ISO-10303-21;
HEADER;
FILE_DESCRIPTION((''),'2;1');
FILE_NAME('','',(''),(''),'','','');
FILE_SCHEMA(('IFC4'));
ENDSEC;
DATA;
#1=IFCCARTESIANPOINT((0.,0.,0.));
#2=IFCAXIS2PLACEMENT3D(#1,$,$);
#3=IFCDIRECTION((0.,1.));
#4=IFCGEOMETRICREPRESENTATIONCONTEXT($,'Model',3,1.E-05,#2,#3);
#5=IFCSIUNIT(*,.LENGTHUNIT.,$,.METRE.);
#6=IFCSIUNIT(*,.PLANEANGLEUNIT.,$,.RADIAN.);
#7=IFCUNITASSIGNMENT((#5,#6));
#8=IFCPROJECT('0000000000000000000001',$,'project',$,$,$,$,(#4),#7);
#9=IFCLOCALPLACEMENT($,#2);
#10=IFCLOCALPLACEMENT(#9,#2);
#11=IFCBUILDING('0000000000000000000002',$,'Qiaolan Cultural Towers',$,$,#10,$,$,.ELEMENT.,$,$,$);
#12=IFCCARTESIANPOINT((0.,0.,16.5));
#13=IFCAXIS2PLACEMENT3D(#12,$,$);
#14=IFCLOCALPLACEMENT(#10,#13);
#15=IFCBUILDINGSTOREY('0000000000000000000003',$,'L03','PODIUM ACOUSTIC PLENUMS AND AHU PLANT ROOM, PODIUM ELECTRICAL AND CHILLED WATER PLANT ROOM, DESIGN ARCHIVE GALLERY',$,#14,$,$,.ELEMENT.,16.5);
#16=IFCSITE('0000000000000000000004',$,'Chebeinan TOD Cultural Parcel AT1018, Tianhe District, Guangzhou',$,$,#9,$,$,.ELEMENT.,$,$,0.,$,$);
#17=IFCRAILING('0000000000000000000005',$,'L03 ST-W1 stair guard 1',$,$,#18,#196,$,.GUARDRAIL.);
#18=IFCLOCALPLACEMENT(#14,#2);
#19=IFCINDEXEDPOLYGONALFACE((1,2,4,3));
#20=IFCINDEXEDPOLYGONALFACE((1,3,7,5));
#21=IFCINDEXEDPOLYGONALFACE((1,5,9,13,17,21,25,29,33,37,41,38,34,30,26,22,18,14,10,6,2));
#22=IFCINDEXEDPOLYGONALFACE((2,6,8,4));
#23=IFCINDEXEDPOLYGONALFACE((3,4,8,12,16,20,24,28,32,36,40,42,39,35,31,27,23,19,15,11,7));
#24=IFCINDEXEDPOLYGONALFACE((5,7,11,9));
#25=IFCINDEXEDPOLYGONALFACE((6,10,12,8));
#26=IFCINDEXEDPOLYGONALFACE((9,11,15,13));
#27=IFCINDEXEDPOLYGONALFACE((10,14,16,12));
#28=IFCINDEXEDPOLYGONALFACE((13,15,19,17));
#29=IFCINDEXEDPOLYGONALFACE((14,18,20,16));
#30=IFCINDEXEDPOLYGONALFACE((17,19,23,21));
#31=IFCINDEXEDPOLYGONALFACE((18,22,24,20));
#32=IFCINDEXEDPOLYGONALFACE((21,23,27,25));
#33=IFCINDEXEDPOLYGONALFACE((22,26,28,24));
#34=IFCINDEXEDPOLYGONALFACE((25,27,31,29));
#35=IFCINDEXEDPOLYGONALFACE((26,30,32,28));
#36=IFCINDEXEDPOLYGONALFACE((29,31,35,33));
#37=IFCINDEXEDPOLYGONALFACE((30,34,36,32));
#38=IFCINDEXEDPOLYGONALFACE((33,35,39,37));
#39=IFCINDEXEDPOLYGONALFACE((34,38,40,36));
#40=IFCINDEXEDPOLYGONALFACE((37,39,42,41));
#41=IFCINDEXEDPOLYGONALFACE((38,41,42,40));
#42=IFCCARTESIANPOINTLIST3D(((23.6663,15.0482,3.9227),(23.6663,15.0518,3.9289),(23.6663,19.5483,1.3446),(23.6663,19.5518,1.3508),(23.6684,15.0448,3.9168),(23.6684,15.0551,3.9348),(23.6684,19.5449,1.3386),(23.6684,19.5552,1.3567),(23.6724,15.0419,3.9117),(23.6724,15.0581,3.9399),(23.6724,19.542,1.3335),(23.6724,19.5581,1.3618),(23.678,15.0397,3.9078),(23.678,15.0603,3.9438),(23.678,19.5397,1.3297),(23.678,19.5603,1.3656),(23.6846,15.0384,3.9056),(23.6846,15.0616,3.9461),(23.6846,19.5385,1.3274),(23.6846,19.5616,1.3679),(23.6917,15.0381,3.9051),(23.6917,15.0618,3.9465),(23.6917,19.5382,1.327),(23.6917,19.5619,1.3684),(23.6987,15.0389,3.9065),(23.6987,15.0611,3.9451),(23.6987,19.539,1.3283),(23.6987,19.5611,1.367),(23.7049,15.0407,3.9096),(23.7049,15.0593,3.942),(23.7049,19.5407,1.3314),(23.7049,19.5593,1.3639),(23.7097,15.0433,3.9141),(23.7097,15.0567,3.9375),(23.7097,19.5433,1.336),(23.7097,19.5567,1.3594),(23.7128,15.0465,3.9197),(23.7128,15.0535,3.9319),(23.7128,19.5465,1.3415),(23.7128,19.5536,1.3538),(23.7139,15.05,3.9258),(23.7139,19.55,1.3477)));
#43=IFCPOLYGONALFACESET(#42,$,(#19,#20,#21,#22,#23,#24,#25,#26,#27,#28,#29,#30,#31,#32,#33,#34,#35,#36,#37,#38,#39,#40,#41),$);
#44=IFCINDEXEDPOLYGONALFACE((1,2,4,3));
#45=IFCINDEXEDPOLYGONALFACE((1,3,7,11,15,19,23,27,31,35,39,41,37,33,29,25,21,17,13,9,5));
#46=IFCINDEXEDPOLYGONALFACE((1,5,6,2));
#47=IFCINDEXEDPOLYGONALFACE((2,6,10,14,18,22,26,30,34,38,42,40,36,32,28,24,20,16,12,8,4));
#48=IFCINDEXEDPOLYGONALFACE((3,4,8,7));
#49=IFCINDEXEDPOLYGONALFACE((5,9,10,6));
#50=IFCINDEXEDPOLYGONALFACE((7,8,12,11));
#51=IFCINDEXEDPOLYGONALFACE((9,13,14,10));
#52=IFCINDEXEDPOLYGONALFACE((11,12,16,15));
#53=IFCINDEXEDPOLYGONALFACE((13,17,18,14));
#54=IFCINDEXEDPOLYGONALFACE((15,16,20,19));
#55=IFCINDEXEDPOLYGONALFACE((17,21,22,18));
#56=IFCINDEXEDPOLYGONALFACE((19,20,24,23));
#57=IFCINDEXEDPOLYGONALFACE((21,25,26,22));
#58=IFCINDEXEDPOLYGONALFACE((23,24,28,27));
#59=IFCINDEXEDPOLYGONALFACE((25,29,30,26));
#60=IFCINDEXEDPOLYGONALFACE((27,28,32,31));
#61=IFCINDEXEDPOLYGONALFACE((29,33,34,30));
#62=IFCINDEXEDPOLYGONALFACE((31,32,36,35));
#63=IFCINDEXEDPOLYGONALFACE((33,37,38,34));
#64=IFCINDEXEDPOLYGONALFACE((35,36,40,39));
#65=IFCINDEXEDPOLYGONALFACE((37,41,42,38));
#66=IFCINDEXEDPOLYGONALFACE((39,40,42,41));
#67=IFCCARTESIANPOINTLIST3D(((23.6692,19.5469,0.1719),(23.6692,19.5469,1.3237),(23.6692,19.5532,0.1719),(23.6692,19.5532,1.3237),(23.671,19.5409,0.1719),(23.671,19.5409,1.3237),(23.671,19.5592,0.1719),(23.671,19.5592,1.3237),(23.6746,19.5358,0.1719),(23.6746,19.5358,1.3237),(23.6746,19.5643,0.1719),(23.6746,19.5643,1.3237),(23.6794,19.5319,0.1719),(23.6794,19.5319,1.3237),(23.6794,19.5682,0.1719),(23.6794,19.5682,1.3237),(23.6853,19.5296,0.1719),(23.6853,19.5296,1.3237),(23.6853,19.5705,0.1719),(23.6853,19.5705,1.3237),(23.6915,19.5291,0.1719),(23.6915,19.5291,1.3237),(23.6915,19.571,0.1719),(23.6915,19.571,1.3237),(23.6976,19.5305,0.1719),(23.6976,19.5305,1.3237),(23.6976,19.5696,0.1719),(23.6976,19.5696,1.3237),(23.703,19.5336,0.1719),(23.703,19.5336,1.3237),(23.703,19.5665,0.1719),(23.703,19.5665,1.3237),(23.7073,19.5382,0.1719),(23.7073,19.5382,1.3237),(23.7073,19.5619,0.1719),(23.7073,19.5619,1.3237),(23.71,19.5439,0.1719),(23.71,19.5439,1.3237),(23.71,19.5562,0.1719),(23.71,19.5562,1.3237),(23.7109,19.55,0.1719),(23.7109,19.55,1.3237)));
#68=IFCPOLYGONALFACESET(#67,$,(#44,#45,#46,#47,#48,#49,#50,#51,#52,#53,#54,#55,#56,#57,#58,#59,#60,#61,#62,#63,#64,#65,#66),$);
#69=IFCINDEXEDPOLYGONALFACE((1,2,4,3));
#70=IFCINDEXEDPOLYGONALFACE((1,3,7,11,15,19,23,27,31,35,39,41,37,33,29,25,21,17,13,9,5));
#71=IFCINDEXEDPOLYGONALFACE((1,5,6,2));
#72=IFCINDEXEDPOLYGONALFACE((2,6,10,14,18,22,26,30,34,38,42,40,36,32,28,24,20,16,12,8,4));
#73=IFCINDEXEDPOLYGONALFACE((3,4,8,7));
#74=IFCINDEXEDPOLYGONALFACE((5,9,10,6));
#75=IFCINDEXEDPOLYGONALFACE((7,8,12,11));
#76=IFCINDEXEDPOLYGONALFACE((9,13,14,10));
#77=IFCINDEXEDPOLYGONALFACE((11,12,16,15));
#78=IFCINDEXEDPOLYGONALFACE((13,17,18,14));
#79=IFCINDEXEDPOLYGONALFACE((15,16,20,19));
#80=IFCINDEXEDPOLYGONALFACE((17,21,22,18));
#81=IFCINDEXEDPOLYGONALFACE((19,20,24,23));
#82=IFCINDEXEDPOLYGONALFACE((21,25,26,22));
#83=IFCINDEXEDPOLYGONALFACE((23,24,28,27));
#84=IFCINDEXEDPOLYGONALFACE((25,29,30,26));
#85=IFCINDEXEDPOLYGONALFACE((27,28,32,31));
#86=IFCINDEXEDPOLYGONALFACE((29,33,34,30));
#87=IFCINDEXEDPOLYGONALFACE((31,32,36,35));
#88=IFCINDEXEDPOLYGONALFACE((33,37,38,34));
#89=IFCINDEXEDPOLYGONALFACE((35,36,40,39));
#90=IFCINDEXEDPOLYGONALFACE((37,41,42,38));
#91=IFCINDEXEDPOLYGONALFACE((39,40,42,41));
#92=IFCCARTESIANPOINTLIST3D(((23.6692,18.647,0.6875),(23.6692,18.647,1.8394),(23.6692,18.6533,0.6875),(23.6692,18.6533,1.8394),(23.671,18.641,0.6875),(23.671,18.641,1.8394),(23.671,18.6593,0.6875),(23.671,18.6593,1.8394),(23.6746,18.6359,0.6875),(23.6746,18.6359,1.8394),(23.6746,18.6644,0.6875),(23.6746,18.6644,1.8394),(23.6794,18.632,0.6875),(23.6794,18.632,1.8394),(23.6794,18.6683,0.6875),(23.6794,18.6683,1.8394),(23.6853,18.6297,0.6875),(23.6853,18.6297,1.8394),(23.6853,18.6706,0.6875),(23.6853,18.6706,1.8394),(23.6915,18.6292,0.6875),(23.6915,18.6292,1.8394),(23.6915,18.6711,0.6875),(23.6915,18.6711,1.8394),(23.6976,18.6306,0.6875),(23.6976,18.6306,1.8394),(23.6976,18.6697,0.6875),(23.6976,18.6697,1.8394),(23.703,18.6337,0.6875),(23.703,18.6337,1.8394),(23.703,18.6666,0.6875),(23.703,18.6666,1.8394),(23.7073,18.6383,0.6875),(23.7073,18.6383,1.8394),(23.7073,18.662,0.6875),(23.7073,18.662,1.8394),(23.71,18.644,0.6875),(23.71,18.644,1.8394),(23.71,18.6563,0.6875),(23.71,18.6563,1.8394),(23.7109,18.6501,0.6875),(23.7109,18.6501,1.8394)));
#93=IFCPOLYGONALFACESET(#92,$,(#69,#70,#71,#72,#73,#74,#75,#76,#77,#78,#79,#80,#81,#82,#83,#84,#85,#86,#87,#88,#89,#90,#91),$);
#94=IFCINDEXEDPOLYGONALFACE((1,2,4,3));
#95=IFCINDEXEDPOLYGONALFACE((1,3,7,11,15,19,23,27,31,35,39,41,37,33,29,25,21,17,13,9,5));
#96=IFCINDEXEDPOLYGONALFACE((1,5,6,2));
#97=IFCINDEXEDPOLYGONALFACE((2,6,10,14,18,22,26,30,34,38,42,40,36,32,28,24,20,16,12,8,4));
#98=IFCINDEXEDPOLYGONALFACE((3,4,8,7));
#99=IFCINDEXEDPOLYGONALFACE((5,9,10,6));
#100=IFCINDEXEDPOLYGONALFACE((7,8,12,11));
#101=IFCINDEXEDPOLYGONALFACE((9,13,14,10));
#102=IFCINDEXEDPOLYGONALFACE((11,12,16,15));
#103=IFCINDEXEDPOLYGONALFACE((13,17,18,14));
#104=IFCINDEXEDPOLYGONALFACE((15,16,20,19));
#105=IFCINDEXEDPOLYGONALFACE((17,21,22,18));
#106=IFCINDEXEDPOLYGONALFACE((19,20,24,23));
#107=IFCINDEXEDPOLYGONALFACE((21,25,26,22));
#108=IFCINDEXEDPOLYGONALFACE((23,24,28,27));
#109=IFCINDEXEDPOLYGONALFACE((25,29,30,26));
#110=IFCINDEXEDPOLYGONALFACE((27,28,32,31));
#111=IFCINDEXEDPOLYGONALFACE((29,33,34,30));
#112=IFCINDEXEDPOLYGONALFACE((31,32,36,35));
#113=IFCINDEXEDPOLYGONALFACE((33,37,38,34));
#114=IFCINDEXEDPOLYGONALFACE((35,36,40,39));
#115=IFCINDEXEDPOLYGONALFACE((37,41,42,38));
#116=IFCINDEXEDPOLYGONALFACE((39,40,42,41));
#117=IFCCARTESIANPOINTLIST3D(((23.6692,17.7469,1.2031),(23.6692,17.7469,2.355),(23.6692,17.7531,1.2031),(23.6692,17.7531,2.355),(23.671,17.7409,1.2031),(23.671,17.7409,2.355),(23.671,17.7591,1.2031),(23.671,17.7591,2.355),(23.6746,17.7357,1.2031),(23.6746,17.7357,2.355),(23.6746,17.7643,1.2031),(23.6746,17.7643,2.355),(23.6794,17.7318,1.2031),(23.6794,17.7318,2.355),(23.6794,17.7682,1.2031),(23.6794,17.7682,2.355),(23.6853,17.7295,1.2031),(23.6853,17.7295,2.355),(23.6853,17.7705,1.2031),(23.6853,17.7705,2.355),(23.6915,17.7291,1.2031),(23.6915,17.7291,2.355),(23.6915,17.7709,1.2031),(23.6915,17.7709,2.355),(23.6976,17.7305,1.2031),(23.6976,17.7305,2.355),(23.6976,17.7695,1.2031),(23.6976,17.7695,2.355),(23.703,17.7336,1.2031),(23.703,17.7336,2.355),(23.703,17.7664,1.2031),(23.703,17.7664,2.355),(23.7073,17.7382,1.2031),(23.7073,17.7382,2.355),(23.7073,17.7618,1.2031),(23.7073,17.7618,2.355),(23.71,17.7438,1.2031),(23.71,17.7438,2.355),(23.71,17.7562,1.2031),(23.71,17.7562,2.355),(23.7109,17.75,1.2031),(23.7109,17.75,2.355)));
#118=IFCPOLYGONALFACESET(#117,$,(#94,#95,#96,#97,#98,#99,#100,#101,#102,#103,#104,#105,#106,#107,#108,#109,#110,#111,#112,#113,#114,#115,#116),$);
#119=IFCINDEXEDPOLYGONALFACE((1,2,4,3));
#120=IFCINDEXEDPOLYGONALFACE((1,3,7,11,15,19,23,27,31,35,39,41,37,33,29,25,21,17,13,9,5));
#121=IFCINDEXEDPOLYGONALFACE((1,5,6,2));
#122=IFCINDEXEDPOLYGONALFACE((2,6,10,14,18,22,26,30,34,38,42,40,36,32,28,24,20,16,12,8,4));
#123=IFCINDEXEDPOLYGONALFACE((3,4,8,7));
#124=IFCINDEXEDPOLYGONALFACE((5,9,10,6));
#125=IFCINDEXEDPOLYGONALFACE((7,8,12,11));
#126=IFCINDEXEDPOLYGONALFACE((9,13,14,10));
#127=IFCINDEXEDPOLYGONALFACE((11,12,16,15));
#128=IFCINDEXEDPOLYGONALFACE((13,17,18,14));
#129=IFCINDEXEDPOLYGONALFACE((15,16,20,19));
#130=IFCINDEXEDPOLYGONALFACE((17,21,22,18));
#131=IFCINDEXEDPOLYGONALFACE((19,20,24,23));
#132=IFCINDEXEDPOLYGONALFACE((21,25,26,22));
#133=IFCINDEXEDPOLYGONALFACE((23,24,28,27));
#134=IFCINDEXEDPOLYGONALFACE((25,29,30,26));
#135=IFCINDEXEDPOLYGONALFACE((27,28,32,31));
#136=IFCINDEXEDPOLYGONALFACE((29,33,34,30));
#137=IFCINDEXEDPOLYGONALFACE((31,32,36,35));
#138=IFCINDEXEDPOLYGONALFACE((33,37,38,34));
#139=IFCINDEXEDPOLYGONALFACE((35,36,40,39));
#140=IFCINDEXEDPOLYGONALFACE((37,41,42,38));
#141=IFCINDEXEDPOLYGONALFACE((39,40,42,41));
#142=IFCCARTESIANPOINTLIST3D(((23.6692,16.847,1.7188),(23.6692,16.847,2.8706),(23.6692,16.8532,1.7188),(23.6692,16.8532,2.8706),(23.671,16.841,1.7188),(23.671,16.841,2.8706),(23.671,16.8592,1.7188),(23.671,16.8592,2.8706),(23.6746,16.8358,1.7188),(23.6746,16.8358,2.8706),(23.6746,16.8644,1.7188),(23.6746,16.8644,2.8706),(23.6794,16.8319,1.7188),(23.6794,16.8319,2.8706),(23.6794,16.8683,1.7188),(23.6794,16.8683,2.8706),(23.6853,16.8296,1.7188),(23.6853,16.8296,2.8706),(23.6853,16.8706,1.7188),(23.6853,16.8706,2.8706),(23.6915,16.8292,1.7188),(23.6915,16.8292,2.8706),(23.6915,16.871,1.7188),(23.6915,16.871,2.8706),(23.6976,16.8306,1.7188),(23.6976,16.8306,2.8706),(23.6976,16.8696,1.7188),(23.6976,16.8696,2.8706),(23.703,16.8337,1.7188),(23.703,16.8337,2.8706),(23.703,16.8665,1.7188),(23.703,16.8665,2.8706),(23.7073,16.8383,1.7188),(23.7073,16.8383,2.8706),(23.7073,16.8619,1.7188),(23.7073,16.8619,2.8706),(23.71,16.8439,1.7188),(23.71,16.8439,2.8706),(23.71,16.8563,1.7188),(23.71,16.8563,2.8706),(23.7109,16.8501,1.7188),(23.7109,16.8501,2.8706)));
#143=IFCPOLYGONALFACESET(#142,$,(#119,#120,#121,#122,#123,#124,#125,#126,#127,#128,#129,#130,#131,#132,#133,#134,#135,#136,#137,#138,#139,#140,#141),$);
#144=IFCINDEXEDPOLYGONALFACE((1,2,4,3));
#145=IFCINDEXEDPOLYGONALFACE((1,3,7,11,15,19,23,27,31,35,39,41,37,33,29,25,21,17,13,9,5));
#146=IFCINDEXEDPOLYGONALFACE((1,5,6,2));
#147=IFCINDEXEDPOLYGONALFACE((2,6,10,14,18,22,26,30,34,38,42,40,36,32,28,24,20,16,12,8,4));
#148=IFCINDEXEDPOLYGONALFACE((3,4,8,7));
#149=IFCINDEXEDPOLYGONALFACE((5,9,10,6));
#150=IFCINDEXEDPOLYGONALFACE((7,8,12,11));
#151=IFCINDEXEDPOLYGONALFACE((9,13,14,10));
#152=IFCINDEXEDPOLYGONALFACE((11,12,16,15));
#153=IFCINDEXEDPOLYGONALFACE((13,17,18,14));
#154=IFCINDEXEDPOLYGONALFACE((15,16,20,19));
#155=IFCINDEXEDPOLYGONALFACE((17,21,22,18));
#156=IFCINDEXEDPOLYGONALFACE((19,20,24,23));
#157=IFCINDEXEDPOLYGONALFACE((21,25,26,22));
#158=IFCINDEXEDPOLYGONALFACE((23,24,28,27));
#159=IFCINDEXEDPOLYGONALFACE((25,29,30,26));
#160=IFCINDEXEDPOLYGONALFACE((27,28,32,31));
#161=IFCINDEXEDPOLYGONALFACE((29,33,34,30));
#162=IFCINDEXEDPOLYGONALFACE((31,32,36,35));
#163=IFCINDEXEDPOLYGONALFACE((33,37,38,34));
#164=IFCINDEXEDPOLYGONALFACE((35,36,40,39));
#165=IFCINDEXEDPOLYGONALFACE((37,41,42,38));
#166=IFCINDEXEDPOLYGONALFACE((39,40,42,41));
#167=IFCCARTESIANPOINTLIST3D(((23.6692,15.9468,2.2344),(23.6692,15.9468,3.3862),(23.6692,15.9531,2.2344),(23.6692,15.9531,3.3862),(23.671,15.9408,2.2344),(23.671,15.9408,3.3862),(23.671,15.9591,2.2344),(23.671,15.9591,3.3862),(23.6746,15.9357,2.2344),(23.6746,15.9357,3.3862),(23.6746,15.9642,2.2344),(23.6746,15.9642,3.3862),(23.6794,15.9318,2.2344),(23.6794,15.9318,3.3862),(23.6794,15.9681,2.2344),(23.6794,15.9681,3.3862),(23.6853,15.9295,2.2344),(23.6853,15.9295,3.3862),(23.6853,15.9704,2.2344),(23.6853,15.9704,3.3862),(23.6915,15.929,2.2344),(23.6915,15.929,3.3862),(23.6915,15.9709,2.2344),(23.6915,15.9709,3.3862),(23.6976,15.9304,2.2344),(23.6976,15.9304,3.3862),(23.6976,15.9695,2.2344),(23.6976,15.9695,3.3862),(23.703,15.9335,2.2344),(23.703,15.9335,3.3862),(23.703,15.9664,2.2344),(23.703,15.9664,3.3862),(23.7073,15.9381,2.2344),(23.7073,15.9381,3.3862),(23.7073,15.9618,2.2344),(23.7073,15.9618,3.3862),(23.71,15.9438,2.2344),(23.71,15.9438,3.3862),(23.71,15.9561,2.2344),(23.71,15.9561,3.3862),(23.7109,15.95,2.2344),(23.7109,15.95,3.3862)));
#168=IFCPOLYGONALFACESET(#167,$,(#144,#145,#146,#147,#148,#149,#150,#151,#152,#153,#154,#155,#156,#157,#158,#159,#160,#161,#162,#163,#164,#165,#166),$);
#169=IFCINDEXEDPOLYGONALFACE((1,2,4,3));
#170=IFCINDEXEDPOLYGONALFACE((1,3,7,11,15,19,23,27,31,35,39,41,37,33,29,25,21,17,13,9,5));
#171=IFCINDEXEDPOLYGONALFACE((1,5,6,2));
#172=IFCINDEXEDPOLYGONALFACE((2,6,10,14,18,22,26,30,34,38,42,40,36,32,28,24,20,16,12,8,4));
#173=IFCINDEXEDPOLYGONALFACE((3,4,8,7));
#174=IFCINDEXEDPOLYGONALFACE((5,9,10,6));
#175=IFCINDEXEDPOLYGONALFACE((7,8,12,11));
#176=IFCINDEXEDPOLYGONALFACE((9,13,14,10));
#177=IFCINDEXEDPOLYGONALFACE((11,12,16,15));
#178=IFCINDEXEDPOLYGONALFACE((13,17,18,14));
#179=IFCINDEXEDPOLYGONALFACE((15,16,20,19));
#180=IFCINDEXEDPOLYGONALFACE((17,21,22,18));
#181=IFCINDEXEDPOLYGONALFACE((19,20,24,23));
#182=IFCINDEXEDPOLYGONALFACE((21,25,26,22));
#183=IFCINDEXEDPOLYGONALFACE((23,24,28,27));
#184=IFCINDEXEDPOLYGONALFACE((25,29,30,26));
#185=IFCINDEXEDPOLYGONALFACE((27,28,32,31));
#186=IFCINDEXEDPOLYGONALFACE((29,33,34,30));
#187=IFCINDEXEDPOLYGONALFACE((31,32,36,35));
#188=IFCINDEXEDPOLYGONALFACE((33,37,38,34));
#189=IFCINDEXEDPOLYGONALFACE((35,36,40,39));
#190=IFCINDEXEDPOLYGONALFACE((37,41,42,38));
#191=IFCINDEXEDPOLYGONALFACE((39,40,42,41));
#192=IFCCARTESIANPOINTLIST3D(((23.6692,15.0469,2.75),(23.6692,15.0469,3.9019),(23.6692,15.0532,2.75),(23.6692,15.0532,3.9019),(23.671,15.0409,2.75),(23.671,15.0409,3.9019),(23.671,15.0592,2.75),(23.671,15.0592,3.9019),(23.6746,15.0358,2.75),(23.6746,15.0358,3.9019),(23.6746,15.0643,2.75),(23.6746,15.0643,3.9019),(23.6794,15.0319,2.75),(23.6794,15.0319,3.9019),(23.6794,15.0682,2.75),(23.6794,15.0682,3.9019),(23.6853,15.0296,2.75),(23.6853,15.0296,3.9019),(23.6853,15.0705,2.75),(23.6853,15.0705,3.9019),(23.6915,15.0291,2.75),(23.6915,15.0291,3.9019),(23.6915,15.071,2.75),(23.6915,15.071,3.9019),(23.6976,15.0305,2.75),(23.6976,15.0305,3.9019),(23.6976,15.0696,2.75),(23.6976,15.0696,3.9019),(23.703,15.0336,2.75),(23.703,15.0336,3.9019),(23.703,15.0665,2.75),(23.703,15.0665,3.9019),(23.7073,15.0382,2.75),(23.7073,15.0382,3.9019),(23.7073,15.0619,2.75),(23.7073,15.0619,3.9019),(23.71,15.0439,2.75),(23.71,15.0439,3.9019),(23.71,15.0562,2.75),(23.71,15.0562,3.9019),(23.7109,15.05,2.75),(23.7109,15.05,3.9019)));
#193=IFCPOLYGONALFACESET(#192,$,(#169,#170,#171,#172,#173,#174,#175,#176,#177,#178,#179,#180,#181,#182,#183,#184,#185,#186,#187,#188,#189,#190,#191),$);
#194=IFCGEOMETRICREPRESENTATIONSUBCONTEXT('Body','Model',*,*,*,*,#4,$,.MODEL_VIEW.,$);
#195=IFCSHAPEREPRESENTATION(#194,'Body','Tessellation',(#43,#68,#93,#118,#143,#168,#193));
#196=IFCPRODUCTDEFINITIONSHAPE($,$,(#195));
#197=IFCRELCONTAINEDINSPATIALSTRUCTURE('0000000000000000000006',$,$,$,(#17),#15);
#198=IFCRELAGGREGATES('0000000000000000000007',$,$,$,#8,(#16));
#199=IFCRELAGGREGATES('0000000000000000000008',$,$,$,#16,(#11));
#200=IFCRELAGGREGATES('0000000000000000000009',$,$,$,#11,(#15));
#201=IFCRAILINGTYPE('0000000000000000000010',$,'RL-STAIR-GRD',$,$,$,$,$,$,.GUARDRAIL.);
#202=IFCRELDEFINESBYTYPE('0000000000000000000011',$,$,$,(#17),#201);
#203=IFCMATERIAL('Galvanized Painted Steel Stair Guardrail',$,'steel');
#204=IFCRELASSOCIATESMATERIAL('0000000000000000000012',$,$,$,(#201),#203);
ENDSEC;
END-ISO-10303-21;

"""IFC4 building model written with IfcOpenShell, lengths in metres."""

from ifc_helpers import new_model, si_unit, direction, frame, origin, origin_2d, place, context, subcontext, project, spatial, circle, extrude, material, type_object, element, save


model = new_model("IFC4")

# Units and contexts
model_context = context("Model", 3, precision=1e-05, world=origin(), true_north=direction((0.0, 1.0)))
body_context = subcontext(model_context, "Body", "Model", "MODEL_VIEW")
ifc_project = project(units=[si_unit("LENGTHUNIT", "METRE"), si_unit("PLANEANGLEUNIT", "RADIAN")], contexts=[model_context])

# Site, building, storey
site_placement = place(None, origin())
site = spatial("IfcSite", under=ifc_project, at=site_placement, Name="Chebeinan TOD Cultural Parcel AT1018, Tianhe District, Guangzhou", CompositionType="ELEMENT", RefElevation=0.0)
building_placement = place(site_placement, origin())
building = spatial("IfcBuilding", under=site, at=building_placement, Name="Qiaolan Cultural Towers", CompositionType="ELEMENT")
storey_placement = place(building_placement, frame((0.0, 0.0, 16.5)))
storey = spatial("IfcBuildingStorey", under=building, at=storey_placement, Name="L03", Description="PODIUM ACOUSTIC PLENUMS AND AHU PLANT ROOM, PODIUM ELECTRICAL AND CHILLED WATER PLANT ROOM, DESIGN ARCHIVE GALLERY", CompositionType="ELEMENT", Elevation=16.5)

# Railing
ifc_material_1 = material(Name="Galvanized Painted Steel Stair Guardrail", Category="steel")
railing_type_1 = type_object("IfcRailingType", Name="RL-STAIR-GRD", PredefinedType="GUARDRAIL", material=ifc_material_1)
railing_1_placement = place(storey_placement, frame((23.6899, 19.55, 0.1719)))
element("IfcRailing", 1, at=railing_1_placement, inside=storey, type_object=railing_type_1, Name="L03 ST-W1 stair guard 1", PredefinedType="GUARDRAIL", context=body_context, shape_type="SweptSolid", body=[
    extrude(circle(Radius=0.0239, at=origin_2d()), frame((0.0, 0.0, 1.1758), z_axis=(0.0, -0.867686, 0.497112), x_axis=(1.0, 0.0, 0.0)), (0.0, 0.0, 1.0), 5.1863),
    extrude(circle(Radius=0.021, at=origin_2d()), origin(), (0.0, 0.0, 1.0), 1.1519),
    extrude(circle(Radius=0.021, at=origin_2d()), frame((0.0, -0.8999, 0.5156)), (0.0, 0.0, 1.0), 1.1519),
    extrude(circle(Radius=0.021, at=origin_2d()), frame((0.0, -1.8, 1.0312)), (0.0, 0.0, 1.0), 1.1519),
    extrude(circle(Radius=0.021, at=origin_2d()), frame((0.0, -2.7, 1.5469)), (0.0, 0.0, 1.0), 1.1519),
    extrude(circle(Radius=0.021, at=origin_2d()), frame((0.0, -3.6001, 2.0625)), (0.0, 0.0, 1.0), 1.1519),
    extrude(circle(Radius=0.021, at=origin_2d()), frame((0.0, -4.5, 2.5781)), (0.0, 0.0, 1.0), 1.1519),
])

save(model, "model.ifc")
